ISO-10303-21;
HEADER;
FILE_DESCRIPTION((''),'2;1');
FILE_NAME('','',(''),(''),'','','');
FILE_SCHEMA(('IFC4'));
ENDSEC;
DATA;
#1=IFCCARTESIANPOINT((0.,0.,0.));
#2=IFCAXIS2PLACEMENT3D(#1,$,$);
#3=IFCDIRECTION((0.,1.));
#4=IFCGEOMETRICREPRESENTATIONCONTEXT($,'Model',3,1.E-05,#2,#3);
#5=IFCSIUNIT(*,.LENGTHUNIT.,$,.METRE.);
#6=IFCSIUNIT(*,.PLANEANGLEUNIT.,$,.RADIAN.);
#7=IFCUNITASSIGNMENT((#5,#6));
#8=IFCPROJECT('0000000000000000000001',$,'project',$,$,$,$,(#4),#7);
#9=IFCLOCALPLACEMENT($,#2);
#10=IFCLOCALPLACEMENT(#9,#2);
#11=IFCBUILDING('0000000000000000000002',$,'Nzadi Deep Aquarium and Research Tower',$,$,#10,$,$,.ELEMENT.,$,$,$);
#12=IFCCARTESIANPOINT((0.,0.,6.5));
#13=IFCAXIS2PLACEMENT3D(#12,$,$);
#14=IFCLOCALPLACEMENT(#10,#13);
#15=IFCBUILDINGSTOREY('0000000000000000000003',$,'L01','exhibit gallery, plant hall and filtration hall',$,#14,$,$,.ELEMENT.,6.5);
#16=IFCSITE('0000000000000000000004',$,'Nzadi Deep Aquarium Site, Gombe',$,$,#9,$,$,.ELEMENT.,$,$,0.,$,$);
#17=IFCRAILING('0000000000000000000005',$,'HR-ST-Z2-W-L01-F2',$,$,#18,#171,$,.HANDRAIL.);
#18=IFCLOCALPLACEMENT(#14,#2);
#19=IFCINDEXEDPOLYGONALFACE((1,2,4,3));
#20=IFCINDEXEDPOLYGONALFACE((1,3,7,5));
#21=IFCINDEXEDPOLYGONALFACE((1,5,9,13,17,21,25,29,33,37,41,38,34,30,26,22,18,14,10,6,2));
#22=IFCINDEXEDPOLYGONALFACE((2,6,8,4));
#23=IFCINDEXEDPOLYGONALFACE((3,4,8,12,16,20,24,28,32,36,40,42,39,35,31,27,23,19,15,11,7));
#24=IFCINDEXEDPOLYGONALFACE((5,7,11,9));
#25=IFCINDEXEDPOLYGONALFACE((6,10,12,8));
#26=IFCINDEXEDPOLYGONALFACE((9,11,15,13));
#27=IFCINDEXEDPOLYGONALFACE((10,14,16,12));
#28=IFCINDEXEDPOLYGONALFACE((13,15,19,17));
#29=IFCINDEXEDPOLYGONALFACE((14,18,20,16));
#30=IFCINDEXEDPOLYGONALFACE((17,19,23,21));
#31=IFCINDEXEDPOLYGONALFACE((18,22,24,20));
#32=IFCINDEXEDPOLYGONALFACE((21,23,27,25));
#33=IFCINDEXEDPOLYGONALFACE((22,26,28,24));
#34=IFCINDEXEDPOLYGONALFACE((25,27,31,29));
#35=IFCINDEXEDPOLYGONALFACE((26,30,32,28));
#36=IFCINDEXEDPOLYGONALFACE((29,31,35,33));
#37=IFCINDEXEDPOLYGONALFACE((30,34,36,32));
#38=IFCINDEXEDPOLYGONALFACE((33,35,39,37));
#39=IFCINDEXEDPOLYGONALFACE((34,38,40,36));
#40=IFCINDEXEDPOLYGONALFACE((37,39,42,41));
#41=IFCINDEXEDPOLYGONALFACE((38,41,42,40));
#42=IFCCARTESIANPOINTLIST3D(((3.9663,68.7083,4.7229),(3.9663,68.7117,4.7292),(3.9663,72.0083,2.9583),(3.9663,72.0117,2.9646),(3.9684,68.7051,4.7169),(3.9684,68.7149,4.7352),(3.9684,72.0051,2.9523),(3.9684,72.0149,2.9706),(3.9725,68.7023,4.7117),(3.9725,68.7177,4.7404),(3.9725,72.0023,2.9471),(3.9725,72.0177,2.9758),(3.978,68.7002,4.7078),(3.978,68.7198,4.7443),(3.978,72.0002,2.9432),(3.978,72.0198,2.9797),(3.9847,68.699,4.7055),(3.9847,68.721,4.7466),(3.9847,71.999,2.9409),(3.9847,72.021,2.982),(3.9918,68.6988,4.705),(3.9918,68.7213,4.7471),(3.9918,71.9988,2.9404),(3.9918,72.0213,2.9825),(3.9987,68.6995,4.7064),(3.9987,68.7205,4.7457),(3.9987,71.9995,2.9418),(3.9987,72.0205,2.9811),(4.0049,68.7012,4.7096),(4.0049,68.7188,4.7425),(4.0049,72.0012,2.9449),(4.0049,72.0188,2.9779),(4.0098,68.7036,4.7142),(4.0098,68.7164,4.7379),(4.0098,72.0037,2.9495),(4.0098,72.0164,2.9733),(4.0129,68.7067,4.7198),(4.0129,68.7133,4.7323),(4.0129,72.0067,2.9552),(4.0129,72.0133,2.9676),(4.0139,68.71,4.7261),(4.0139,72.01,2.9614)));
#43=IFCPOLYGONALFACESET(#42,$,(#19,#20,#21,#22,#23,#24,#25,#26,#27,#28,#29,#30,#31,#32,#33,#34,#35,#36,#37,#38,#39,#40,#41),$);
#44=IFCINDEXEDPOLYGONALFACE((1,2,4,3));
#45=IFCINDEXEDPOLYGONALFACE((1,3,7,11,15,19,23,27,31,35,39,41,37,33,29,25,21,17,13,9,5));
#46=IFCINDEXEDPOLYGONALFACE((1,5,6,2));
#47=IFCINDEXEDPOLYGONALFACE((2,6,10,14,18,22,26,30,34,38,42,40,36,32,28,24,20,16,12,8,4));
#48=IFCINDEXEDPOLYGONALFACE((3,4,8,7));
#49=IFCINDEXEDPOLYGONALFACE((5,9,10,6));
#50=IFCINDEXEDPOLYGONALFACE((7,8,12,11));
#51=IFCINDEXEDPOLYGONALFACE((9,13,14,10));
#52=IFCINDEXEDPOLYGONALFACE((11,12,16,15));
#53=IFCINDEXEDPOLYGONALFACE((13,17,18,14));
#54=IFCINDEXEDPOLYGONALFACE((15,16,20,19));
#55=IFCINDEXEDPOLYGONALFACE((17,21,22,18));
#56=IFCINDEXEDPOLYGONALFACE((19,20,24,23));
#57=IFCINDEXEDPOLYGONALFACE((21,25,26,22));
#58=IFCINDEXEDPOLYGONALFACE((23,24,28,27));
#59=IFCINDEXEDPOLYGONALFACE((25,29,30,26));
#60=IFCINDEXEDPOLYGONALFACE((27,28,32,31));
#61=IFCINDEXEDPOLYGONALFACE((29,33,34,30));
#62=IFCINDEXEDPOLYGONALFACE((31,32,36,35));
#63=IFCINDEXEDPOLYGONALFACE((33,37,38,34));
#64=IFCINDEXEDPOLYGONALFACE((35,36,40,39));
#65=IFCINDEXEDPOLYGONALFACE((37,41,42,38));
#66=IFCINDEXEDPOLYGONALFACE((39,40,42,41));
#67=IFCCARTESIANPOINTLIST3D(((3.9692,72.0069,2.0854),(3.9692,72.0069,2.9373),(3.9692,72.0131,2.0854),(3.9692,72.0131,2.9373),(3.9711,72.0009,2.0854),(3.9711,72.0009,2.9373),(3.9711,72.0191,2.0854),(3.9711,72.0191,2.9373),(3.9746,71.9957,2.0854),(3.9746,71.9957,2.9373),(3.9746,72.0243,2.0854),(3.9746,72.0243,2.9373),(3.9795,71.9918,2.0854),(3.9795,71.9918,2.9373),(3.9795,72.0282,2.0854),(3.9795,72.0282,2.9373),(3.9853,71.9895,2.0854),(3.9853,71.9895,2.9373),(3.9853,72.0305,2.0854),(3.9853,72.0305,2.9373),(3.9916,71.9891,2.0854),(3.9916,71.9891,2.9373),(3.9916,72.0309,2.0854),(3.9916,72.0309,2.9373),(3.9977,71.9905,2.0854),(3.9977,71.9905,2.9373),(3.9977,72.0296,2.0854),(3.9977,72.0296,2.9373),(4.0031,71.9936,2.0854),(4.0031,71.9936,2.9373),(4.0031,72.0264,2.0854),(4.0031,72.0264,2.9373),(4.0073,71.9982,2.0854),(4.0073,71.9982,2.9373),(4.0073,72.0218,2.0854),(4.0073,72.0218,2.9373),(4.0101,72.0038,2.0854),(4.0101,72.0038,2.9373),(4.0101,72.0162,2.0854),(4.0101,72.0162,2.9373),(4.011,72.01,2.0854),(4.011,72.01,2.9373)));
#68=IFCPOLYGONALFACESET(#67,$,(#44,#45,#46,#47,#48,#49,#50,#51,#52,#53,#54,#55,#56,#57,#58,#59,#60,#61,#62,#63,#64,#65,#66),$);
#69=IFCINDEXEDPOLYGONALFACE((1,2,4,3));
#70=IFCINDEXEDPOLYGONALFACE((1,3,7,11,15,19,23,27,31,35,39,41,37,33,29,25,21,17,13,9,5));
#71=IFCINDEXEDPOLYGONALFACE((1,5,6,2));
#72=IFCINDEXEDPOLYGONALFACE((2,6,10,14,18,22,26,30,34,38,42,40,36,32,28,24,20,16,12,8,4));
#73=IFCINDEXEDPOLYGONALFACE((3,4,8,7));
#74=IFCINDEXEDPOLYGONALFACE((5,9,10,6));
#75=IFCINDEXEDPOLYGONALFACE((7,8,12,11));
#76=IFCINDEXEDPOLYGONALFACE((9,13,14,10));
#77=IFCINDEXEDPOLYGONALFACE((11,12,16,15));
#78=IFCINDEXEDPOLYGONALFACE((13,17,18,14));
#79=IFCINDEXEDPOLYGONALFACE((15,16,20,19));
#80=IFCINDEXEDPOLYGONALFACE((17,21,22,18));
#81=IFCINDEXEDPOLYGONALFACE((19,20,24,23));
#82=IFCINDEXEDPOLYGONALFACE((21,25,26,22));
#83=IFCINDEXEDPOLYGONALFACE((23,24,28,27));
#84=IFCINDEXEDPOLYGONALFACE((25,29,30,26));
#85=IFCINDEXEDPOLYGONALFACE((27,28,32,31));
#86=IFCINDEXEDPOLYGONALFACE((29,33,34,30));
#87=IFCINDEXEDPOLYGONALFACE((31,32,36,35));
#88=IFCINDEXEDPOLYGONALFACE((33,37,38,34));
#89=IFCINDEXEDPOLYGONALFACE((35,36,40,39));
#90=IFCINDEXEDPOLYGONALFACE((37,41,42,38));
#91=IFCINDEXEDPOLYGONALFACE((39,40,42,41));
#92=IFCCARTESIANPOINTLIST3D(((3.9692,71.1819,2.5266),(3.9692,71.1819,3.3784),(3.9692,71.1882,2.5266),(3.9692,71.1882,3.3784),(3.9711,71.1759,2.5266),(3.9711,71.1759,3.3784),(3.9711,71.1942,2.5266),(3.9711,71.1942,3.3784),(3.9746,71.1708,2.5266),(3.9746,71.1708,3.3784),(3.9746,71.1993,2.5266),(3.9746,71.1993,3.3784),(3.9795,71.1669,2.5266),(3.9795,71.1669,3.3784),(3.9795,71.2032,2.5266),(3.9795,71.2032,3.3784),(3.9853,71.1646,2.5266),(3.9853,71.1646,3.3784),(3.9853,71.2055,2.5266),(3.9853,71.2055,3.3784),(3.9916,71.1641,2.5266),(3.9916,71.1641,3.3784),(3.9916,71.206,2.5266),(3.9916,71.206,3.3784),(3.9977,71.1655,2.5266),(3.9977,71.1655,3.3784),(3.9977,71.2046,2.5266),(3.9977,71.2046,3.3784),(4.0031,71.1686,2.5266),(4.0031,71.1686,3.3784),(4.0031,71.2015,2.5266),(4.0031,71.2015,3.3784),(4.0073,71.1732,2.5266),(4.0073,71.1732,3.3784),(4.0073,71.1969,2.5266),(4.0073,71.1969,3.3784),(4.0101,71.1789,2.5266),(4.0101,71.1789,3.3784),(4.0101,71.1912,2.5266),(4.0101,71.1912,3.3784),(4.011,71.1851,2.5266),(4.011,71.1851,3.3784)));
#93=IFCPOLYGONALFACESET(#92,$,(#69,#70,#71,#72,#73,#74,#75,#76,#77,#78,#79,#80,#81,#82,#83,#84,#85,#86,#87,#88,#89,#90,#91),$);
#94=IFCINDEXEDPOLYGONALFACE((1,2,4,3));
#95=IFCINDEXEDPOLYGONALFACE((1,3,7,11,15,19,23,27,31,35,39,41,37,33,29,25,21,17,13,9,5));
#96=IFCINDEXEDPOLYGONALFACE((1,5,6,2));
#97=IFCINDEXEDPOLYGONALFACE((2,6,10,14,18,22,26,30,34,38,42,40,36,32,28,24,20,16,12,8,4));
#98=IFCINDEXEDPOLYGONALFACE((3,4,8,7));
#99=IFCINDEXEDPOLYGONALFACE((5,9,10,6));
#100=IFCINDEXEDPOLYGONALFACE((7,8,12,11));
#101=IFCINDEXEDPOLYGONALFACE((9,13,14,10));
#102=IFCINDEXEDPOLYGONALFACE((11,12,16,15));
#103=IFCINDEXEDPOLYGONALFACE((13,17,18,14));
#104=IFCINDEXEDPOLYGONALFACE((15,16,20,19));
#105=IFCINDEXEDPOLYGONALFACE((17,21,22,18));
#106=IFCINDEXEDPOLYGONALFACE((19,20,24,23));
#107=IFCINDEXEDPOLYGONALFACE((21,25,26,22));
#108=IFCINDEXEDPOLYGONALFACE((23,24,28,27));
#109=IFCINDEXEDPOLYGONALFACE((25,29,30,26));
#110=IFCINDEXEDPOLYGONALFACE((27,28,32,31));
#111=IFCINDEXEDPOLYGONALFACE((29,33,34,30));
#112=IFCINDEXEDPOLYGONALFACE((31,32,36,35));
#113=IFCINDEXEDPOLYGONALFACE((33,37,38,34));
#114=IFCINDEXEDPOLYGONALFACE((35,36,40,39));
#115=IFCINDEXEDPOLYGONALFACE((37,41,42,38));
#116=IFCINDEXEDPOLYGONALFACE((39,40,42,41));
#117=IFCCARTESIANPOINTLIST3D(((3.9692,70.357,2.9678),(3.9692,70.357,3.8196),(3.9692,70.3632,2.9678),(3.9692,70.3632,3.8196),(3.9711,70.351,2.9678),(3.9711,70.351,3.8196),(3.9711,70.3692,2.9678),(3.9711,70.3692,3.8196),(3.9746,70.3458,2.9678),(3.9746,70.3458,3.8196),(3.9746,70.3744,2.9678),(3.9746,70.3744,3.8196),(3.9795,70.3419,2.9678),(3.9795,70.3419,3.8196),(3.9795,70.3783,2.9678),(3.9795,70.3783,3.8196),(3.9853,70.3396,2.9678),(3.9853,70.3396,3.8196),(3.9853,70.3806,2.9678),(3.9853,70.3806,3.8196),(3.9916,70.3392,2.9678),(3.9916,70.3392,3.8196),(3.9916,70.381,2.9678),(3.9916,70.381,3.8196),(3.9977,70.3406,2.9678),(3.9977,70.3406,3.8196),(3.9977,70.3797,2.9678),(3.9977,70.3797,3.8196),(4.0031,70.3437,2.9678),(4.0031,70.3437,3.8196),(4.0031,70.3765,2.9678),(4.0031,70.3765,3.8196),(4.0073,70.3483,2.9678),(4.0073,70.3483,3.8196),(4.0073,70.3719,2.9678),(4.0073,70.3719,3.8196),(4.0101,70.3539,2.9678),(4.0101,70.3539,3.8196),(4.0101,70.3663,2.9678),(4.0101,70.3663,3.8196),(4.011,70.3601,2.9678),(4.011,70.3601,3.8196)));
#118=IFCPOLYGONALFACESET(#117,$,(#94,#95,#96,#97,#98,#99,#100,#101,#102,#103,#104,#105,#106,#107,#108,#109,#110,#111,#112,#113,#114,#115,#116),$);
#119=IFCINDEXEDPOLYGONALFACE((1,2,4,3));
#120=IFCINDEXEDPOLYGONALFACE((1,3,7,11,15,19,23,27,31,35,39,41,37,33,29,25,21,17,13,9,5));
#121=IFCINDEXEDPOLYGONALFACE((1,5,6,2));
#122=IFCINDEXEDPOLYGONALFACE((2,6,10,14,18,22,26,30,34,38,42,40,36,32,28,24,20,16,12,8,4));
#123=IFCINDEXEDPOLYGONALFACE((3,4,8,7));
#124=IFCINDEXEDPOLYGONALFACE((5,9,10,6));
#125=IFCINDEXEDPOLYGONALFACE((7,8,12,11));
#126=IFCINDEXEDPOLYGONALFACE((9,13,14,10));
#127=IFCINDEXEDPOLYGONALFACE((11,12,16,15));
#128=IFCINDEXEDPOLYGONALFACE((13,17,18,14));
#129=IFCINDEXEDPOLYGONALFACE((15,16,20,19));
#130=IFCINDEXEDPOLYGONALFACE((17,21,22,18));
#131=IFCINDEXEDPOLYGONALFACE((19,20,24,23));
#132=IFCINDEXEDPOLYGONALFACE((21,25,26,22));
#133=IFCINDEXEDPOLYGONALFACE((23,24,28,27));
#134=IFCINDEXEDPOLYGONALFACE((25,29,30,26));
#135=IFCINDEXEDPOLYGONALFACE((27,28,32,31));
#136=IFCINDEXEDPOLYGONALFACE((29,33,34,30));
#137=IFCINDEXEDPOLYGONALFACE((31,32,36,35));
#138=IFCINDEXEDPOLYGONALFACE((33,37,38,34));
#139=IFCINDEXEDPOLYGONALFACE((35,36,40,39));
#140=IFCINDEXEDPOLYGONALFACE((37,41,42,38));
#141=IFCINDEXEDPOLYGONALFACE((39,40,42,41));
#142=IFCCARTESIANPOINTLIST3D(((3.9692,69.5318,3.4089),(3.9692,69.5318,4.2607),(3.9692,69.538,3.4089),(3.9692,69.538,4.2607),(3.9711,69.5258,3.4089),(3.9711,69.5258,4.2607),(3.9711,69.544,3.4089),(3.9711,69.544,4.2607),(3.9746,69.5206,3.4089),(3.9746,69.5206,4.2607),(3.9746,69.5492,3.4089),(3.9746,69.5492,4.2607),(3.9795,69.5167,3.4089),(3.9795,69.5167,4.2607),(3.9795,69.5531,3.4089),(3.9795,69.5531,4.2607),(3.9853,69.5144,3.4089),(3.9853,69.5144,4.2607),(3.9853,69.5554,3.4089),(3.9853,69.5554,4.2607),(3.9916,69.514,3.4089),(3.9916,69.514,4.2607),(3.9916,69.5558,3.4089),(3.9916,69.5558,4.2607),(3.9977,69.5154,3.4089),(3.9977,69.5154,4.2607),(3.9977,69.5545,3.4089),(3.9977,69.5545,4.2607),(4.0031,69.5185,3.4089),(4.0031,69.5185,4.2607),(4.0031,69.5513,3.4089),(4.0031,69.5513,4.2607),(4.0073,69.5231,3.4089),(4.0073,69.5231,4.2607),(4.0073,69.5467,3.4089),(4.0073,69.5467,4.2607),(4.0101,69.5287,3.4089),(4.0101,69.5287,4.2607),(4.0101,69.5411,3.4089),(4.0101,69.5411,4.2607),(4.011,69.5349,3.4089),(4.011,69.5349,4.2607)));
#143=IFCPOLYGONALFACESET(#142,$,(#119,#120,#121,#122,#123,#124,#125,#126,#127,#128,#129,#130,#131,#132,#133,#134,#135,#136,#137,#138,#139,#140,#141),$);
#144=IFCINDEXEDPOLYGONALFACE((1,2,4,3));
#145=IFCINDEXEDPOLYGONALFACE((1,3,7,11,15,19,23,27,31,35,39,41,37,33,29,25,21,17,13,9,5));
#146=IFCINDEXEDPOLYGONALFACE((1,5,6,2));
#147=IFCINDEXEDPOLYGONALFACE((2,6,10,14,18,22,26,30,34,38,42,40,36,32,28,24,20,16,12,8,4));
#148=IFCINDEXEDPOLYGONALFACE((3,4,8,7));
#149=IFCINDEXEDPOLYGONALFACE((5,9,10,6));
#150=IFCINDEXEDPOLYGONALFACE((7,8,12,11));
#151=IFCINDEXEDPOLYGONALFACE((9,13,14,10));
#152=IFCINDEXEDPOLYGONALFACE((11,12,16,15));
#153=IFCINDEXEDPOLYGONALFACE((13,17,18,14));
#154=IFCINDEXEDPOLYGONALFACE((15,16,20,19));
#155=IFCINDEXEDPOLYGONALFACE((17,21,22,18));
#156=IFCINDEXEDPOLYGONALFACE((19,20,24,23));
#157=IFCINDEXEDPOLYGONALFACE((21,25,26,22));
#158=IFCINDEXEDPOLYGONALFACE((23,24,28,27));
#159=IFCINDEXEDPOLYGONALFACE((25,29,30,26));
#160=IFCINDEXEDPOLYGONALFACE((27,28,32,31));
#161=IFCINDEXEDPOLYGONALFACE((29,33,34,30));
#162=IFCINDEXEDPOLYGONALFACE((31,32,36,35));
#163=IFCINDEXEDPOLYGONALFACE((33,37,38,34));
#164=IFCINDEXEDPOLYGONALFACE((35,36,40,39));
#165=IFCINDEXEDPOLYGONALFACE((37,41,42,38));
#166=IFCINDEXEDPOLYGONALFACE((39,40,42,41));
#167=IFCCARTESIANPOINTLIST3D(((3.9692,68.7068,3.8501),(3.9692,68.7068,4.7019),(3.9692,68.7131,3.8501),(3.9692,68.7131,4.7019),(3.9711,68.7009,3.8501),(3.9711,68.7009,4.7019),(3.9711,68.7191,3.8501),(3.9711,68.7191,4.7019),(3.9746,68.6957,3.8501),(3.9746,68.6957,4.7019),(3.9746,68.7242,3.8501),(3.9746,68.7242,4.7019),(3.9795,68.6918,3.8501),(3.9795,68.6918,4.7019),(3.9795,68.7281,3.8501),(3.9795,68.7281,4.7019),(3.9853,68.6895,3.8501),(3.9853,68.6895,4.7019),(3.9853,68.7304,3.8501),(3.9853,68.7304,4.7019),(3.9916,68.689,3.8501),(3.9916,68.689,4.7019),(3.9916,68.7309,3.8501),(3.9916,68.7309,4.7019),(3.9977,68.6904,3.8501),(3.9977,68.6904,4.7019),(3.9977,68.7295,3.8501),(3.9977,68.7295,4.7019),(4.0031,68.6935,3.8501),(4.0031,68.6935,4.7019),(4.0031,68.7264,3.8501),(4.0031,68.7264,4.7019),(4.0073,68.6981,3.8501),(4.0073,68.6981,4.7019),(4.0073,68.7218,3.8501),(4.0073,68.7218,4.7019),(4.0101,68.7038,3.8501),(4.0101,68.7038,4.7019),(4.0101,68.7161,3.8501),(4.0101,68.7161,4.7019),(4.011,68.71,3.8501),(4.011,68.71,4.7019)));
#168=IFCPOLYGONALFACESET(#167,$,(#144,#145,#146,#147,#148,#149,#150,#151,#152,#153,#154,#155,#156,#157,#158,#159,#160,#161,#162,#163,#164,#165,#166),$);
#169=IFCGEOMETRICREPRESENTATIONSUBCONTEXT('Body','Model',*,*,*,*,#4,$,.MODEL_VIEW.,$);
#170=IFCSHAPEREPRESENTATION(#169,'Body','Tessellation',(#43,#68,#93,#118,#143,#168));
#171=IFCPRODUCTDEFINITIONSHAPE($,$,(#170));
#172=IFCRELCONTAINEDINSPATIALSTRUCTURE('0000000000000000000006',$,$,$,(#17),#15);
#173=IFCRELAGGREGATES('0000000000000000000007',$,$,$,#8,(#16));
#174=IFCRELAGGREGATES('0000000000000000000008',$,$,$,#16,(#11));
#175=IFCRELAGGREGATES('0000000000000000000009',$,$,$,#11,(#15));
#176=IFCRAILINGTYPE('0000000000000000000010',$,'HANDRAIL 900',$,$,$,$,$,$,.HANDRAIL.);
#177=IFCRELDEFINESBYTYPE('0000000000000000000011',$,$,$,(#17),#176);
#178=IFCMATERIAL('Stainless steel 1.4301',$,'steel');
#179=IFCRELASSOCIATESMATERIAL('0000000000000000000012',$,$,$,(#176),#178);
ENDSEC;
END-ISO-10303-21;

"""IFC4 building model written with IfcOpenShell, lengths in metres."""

from ifc_helpers import new_model, si_unit, direction, frame, origin, origin_2d, place, context, subcontext, project, spatial, circle, extrude, material, type_object, element, save


model = new_model("IFC4")

# Units and contexts
model_context = context("Model", 3, precision=1e-05, world=origin(), true_north=direction((0.0, 1.0)))
body_context = subcontext(model_context, "Body", "Model", "MODEL_VIEW")
ifc_project = project(units=[si_unit("LENGTHUNIT", "METRE"), si_unit("PLANEANGLEUNIT", "RADIAN")], contexts=[model_context])

# Site, building, storey
site_placement = place(None, origin())
site = spatial("IfcSite", under=ifc_project, at=site_placement, Name="Nzadi Deep Aquarium Site, Gombe", CompositionType="ELEMENT", RefElevation=0.0)
building_placement = place(site_placement, origin())
building = spatial("IfcBuilding", under=site, at=building_placement, Name="Nzadi Deep Aquarium and Research Tower", CompositionType="ELEMENT")
storey_placement = place(building_placement, frame((0.0, 0.0, 6.5)))
storey = spatial("IfcBuildingStorey", under=building, at=storey_placement, Name="L01", Description="exhibit gallery, plant hall and filtration hall", CompositionType="ELEMENT", Elevation=6.5)

# Railing
ifc_material_1 = material(Name="Stainless steel 1.4301", Category="steel")
railing_type = type_object("IfcRailingType", Name="HANDRAIL 900", PredefinedType="HANDRAIL", material=ifc_material_1)
railing_placement = place(storey_placement, frame((3.99, 72.01, 2.0854)))
element("IfcRailing", 1, at=railing_placement, inside=storey, type_object=railing_type, Name="HR-ST-Z2-W-L01-F2", PredefinedType="HANDRAIL", context=body_context, shape_type="SweptSolid", body=[
    extrude(circle(Radius=0.0239, at=origin_2d()), frame((0.0, 0.0, 0.876), z_axis=(0.0, -0.88184, 0.47155), x_axis=(1.0, 0.0, 0.0)), (0.0, 0.0, 1.0), 3.7422),
    extrude(circle(Radius=0.021, at=origin_2d()), origin(), (0.0, 0.0, 1.0), 0.8518),
    extrude(circle(Radius=0.021, at=origin_2d()), frame((0.0, -0.825, 0.4412)), (0.0, 0.0, 1.0), 0.8518),
    extrude(circle(Radius=0.021, at=origin_2d()), frame((0.0, -1.6499, 0.8823)), (0.0, 0.0, 1.0), 0.8518),
    extrude(circle(Radius=0.021, at=origin_2d()), frame((0.0, -2.4751, 1.3235)), (0.0, 0.0, 1.0), 0.8518),
    extrude(circle(Radius=0.021, at=origin_2d()), frame((0.0, -3.3, 1.7646)), (0.0, 0.0, 1.0), 0.8518),
])

save(model, "model.ifc")
